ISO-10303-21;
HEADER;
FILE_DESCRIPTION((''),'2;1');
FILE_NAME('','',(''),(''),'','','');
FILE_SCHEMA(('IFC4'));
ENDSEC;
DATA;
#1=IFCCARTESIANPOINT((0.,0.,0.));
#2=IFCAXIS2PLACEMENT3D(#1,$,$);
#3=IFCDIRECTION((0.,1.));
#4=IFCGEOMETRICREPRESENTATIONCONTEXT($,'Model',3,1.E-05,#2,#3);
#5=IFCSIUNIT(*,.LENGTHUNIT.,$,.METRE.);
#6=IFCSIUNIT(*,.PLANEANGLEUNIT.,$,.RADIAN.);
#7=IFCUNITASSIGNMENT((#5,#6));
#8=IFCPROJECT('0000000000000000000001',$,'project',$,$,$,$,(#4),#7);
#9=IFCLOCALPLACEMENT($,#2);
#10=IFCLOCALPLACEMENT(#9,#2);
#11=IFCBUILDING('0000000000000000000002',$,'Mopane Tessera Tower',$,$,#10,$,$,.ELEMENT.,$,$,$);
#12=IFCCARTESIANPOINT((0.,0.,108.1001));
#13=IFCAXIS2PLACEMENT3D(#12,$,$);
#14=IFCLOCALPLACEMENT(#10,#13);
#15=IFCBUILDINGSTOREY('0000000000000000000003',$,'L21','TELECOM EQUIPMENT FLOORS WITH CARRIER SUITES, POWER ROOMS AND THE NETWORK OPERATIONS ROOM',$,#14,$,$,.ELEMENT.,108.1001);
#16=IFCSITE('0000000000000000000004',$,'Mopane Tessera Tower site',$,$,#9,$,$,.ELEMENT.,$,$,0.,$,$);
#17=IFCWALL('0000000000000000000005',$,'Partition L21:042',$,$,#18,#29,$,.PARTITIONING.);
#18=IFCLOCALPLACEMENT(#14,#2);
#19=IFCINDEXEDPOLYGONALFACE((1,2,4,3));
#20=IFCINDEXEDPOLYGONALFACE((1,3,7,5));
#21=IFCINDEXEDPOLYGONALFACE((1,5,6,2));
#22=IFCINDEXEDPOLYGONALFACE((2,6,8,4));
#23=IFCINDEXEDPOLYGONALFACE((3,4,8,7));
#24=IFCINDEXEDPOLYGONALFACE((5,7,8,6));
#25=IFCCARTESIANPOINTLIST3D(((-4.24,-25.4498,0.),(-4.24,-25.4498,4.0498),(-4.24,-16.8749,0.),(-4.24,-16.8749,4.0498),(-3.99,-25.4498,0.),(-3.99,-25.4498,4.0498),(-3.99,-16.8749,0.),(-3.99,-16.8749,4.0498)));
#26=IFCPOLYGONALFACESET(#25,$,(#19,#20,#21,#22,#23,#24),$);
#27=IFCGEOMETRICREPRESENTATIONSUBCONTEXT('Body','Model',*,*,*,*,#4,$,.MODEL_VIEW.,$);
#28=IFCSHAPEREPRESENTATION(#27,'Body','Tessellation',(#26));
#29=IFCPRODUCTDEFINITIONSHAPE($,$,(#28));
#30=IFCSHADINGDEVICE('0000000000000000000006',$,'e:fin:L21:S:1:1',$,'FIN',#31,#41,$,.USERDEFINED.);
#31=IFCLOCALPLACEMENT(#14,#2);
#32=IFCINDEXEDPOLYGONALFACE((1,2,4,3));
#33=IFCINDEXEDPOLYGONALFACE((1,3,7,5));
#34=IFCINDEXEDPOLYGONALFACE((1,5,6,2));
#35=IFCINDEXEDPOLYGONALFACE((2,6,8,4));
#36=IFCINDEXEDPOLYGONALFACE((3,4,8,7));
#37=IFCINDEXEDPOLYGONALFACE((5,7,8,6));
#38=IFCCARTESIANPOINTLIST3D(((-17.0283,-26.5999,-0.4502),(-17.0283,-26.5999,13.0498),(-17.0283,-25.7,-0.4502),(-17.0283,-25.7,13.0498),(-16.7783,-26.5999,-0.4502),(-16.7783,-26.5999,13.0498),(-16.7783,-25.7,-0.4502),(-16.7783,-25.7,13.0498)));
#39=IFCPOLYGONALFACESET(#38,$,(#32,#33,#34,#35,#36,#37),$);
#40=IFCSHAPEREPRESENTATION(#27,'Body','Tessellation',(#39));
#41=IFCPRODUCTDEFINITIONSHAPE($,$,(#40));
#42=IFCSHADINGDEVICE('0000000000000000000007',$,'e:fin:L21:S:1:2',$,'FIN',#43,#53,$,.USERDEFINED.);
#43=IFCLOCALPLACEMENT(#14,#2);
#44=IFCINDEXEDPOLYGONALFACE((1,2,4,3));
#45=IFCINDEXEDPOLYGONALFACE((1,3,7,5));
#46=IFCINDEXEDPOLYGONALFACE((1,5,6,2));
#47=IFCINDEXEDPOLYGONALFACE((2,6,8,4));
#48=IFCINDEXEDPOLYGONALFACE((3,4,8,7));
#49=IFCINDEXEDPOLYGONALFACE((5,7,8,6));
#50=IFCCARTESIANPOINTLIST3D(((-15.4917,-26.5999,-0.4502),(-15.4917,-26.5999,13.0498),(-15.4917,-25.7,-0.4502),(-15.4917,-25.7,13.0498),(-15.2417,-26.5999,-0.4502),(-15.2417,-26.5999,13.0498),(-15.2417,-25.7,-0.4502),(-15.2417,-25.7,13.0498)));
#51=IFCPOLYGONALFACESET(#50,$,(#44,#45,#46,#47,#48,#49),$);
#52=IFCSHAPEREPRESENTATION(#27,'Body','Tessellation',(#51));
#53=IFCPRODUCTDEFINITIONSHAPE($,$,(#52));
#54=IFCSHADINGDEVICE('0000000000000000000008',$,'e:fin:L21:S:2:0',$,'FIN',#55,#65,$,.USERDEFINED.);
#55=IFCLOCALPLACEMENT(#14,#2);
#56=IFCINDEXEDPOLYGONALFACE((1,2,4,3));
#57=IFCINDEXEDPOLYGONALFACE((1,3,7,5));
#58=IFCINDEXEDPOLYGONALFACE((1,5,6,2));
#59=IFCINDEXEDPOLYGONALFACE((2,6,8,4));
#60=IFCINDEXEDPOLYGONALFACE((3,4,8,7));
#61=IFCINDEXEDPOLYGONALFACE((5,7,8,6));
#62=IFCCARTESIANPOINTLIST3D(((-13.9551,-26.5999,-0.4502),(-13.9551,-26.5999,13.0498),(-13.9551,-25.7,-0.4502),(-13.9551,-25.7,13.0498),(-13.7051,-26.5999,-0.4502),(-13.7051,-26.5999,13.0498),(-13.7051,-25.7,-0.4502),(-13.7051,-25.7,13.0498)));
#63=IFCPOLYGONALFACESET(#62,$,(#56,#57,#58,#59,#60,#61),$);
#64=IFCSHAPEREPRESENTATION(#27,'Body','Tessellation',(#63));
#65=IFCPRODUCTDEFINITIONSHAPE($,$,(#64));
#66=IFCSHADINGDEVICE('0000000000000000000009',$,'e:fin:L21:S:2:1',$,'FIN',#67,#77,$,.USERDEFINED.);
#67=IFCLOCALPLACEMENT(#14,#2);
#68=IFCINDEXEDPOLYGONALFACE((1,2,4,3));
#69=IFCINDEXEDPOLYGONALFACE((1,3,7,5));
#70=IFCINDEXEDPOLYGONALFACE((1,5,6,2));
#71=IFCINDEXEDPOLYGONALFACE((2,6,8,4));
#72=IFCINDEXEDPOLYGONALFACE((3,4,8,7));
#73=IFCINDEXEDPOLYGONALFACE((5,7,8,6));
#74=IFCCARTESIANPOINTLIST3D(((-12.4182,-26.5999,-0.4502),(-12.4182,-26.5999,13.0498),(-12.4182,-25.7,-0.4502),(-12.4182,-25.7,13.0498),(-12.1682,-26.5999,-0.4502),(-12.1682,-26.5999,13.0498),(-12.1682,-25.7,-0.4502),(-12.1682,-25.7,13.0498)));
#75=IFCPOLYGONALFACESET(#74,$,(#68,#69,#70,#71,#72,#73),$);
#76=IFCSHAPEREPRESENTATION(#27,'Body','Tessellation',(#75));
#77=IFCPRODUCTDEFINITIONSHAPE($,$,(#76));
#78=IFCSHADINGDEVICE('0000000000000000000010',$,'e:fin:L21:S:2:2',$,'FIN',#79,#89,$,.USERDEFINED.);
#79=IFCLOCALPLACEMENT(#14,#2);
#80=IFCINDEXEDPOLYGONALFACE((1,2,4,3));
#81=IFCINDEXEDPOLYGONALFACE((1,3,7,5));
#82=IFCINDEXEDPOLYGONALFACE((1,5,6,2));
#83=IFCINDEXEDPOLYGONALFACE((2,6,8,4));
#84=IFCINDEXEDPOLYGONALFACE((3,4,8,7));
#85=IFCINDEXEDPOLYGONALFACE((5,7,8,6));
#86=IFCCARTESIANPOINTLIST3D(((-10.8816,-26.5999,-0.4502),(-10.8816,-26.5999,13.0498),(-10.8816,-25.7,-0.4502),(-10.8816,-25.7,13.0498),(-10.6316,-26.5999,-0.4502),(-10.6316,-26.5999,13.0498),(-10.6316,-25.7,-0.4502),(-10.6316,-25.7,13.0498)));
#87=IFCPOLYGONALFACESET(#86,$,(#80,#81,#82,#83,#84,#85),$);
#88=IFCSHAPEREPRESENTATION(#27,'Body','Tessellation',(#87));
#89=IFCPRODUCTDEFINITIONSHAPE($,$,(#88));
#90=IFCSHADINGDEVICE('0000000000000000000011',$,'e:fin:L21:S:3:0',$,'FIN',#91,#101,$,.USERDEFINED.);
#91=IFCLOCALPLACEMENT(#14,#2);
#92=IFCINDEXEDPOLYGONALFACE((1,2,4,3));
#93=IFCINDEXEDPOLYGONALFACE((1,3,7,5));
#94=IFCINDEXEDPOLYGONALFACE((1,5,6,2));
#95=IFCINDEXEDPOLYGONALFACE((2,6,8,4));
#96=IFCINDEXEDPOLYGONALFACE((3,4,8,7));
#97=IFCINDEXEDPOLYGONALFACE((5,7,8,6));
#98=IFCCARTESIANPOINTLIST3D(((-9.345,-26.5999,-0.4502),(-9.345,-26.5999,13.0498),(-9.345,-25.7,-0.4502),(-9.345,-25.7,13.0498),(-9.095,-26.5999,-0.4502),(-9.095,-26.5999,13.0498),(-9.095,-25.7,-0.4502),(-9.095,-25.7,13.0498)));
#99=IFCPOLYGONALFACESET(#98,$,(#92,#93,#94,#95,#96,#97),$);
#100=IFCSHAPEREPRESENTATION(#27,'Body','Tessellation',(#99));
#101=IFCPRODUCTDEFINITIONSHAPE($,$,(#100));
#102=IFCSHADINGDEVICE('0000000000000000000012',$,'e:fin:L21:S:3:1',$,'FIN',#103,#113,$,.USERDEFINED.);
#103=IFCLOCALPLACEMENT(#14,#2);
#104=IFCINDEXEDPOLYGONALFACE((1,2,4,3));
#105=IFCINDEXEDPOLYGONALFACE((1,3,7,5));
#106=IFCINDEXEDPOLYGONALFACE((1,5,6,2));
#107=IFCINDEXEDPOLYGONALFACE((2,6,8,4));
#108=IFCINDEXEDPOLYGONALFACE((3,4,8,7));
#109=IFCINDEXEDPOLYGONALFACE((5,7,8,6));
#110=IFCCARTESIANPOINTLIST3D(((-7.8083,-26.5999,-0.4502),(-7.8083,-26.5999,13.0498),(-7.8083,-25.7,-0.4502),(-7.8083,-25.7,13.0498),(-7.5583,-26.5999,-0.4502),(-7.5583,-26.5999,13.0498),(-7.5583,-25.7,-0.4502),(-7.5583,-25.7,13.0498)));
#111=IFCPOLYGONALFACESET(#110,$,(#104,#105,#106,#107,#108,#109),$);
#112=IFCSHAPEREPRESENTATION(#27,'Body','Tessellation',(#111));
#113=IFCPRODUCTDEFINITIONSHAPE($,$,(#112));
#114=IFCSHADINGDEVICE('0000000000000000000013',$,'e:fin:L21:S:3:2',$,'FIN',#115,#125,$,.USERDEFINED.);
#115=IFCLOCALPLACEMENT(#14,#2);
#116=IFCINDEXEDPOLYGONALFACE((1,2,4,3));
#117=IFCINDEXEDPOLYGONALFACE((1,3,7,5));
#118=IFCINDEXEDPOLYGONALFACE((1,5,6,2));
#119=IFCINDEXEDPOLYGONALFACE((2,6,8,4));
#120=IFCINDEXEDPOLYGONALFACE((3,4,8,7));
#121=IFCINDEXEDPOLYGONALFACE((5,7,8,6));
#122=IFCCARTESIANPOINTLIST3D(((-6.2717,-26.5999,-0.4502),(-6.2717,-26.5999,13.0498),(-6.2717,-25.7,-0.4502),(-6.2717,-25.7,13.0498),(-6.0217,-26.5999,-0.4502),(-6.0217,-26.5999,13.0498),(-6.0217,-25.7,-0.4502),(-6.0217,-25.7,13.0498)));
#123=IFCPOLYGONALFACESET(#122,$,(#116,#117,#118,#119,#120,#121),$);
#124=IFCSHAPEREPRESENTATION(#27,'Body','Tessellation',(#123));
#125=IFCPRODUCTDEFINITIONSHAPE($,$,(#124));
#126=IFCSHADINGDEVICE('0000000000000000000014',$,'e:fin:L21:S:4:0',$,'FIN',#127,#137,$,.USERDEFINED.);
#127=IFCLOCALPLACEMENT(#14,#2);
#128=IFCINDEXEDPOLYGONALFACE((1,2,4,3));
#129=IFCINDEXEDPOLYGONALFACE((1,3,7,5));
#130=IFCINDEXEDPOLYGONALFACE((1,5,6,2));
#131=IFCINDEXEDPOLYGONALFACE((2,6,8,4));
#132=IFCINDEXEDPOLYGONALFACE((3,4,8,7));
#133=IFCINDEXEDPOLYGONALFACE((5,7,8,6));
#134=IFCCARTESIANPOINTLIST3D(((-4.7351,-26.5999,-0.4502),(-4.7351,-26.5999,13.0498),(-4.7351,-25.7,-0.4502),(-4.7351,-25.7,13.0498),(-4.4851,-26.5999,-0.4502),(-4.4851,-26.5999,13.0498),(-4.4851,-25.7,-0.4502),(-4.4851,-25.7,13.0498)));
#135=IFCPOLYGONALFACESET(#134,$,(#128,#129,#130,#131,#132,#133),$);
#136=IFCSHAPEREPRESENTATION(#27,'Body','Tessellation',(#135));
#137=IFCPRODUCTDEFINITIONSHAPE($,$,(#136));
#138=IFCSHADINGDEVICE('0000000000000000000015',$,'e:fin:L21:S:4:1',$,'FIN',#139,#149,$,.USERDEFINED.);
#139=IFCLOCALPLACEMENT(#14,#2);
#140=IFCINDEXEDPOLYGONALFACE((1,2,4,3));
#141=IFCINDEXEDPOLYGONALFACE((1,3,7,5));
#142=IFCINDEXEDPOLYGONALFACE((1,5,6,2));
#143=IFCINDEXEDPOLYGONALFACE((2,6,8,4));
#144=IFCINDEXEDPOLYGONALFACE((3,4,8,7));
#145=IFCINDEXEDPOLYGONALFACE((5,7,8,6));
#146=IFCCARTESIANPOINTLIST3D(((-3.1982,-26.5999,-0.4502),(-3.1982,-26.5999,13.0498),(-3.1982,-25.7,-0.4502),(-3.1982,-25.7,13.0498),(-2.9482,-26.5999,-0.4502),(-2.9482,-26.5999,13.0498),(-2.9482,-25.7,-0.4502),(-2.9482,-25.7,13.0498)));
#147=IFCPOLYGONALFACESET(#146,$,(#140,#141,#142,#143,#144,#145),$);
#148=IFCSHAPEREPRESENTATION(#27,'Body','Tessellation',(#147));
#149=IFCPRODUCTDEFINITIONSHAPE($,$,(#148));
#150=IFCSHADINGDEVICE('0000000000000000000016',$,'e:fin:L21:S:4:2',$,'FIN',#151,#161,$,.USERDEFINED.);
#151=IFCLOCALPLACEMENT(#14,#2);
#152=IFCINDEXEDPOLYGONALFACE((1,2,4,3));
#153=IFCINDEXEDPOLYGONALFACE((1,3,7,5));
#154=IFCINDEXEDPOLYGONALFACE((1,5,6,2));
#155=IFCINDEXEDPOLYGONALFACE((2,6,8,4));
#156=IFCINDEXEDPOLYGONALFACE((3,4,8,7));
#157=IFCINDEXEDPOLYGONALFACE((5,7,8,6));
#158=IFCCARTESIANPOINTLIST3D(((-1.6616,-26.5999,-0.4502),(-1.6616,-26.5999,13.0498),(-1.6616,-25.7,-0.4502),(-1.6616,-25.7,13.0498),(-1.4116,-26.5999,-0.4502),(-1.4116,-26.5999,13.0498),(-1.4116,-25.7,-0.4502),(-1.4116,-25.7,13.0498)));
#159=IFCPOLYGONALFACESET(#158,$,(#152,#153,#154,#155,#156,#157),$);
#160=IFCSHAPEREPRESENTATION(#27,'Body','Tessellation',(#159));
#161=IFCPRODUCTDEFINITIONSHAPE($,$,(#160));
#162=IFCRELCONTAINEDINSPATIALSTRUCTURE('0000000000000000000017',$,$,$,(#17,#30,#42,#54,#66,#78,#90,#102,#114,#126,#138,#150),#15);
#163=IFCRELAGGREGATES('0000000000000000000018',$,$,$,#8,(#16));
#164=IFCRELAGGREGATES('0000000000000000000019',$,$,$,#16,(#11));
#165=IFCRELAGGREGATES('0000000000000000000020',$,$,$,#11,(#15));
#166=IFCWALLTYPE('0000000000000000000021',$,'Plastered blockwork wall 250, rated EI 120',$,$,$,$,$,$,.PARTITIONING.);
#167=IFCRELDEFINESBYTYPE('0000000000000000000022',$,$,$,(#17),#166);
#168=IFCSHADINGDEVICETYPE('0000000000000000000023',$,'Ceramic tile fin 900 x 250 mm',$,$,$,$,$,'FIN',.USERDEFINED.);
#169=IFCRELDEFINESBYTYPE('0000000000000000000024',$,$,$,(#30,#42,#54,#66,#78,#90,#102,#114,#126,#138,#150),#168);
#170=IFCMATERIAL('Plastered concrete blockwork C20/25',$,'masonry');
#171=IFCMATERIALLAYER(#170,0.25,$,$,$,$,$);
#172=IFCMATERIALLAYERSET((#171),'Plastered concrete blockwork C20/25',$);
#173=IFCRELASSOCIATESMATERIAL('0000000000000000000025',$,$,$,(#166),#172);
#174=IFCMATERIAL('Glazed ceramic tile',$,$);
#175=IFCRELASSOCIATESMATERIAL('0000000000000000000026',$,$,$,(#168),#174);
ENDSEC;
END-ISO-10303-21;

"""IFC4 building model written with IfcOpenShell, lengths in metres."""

from ifc_helpers import new_model, si_unit, direction, frame, frame_2d, origin, origin_2d, place, context, subcontext, project, spatial, rectangle, extrude, material, layer, layer_set, type_object, element, save


model = new_model("IFC4")

# Units and contexts
model_context = context("Model", 3, precision=1e-05, world=origin(), true_north=direction((0.0, 1.0)))
body_context = subcontext(model_context, "Body", "Model", "MODEL_VIEW")
ifc_project = project(units=[si_unit("LENGTHUNIT", "METRE"), si_unit("PLANEANGLEUNIT", "RADIAN")], contexts=[model_context])

# Site, building, storey
site_placement = place(None, origin())
site = spatial("IfcSite", under=ifc_project, at=site_placement, Name="Mopane Tessera Tower site", CompositionType="ELEMENT", RefElevation=0.0)
building_placement = place(site_placement, origin())
building = spatial("IfcBuilding", under=site, at=building_placement, Name="Mopane Tessera Tower", CompositionType="ELEMENT")
storey_placement = place(building_placement, frame((0.0, 0.0, 108.1001)))
storey = spatial("IfcBuildingStorey", under=building, at=storey_placement, Name="L21", Description="TELECOM EQUIPMENT FLOORS WITH CARRIER SUITES, POWER ROOMS AND THE NETWORK OPERATIONS ROOM", CompositionType="ELEMENT", Elevation=108.1001)

# Shared definitions
ifc_material_1 = material(Name="Plastered concrete blockwork C20/25", Category="masonry")
ifc_layer_1 = layer(ifc_material_1, 0.25)
ifc_layer_set_1 = layer_set([ifc_layer_1], Name="Plastered concrete blockwork C20/25")
wall_type = type_object("IfcWallType", Name="Plastered blockwork wall 250, rated EI 120", PredefinedType="PARTITIONING", material=ifc_layer_set_1)

# Wall
wall_1_placement = place(storey_placement, frame((-4.115, -25.45, 0.0), z_axis=(0.0, 0.0, 1.0), x_axis=(0.0, 1.0, 0.0)))
element("IfcWall", 1, at=wall_1_placement, inside=storey, type_object=wall_type, Name="Partition L21:042", PredefinedType="PARTITIONING", context=body_context, shape_type="SweptSolid", body=[
    extrude(rectangle(XDim=8.575, YDim=0.25, at=frame_2d((4.2876, 0.0))), origin(), (0.0, 0.0, 1.0), 4.0498),
])

# Shading devices
ifc_material_2 = material(Name="Glazed ceramic tile")
shading_device_type = type_object("IfcShadingDeviceType", Name="Ceramic tile fin 900 x 250 mm", ElementType="FIN", PredefinedType="USERDEFINED", material=ifc_material_2)
for number, where, z_axis, x_axis, name in (
    (2, (-16.9033, -26.1499, -0.4502), (0.0, 0.0, 1.0), (1.0, 0.0, 0.0), "e:fin:L21:S:1:1"),
    (3, (-15.3667, -26.1499, -0.4502), (0.0, 0.0, 1.0), (1.0, 0.0, 0.0), "e:fin:L21:S:1:2"),
    (4, (-13.8301, -26.1499, -0.4502), (0.0, 0.0, 1.0), (1.0, 0.0, 0.0), "e:fin:L21:S:2:0"),
    (5, (-12.2932, -26.1499, -0.4502), (0.0, 0.0, 1.0), (1.0, 0.0, 0.0), "e:fin:L21:S:2:1"),
    (6, (-10.7566, -26.1499, -0.4502), (0.0, 0.0, 1.0), (1.0, 0.0, 0.0), "e:fin:L21:S:2:2"),
    (7, (-9.22, -26.1499, -0.4502), (0.0, 0.0, 1.0), (1.0, 0.0, 0.0), "e:fin:L21:S:3:0"),
    (8, (-7.6833, -26.1499, -0.4502), (0.0, 0.0, 1.0), (1.0, 0.0, 0.0), "e:fin:L21:S:3:1"),
    (9, (-6.1467, -26.1499, -0.4502), (0.0, 0.0, 1.0), (1.0, 0.0, 0.0), "e:fin:L21:S:3:2"),
    (10, (-4.6101, -26.1499, -0.4502), (0.0, 0.0, 1.0), (1.0, 0.0, 0.0), "e:fin:L21:S:4:0"),
    (11, (-3.0732, -26.1499, -0.4502), (0.0, 0.0, 1.0), (1.0, 0.0, 0.0), "e:fin:L21:S:4:1"),
    (12, (-1.5366, -26.1499, -0.4502), (0.0, 0.0, 1.0), (1.0, 0.0, 0.0), "e:fin:L21:S:4:2"),
):
    element("IfcShadingDevice", number, at=place(storey_placement, frame(where, z_axis=z_axis, x_axis=x_axis)), inside=storey, type_object=shading_device_type, Name=name, ObjectType="FIN", PredefinedType="USERDEFINED", context=body_context, shape_type="SweptSolid", body=[
        extrude(rectangle(XDim=0.25, YDim=0.8999, at=origin_2d()), origin(), (0.0, 0.0, 1.0), 13.5),
    ])

save(model, "model.ifc")
